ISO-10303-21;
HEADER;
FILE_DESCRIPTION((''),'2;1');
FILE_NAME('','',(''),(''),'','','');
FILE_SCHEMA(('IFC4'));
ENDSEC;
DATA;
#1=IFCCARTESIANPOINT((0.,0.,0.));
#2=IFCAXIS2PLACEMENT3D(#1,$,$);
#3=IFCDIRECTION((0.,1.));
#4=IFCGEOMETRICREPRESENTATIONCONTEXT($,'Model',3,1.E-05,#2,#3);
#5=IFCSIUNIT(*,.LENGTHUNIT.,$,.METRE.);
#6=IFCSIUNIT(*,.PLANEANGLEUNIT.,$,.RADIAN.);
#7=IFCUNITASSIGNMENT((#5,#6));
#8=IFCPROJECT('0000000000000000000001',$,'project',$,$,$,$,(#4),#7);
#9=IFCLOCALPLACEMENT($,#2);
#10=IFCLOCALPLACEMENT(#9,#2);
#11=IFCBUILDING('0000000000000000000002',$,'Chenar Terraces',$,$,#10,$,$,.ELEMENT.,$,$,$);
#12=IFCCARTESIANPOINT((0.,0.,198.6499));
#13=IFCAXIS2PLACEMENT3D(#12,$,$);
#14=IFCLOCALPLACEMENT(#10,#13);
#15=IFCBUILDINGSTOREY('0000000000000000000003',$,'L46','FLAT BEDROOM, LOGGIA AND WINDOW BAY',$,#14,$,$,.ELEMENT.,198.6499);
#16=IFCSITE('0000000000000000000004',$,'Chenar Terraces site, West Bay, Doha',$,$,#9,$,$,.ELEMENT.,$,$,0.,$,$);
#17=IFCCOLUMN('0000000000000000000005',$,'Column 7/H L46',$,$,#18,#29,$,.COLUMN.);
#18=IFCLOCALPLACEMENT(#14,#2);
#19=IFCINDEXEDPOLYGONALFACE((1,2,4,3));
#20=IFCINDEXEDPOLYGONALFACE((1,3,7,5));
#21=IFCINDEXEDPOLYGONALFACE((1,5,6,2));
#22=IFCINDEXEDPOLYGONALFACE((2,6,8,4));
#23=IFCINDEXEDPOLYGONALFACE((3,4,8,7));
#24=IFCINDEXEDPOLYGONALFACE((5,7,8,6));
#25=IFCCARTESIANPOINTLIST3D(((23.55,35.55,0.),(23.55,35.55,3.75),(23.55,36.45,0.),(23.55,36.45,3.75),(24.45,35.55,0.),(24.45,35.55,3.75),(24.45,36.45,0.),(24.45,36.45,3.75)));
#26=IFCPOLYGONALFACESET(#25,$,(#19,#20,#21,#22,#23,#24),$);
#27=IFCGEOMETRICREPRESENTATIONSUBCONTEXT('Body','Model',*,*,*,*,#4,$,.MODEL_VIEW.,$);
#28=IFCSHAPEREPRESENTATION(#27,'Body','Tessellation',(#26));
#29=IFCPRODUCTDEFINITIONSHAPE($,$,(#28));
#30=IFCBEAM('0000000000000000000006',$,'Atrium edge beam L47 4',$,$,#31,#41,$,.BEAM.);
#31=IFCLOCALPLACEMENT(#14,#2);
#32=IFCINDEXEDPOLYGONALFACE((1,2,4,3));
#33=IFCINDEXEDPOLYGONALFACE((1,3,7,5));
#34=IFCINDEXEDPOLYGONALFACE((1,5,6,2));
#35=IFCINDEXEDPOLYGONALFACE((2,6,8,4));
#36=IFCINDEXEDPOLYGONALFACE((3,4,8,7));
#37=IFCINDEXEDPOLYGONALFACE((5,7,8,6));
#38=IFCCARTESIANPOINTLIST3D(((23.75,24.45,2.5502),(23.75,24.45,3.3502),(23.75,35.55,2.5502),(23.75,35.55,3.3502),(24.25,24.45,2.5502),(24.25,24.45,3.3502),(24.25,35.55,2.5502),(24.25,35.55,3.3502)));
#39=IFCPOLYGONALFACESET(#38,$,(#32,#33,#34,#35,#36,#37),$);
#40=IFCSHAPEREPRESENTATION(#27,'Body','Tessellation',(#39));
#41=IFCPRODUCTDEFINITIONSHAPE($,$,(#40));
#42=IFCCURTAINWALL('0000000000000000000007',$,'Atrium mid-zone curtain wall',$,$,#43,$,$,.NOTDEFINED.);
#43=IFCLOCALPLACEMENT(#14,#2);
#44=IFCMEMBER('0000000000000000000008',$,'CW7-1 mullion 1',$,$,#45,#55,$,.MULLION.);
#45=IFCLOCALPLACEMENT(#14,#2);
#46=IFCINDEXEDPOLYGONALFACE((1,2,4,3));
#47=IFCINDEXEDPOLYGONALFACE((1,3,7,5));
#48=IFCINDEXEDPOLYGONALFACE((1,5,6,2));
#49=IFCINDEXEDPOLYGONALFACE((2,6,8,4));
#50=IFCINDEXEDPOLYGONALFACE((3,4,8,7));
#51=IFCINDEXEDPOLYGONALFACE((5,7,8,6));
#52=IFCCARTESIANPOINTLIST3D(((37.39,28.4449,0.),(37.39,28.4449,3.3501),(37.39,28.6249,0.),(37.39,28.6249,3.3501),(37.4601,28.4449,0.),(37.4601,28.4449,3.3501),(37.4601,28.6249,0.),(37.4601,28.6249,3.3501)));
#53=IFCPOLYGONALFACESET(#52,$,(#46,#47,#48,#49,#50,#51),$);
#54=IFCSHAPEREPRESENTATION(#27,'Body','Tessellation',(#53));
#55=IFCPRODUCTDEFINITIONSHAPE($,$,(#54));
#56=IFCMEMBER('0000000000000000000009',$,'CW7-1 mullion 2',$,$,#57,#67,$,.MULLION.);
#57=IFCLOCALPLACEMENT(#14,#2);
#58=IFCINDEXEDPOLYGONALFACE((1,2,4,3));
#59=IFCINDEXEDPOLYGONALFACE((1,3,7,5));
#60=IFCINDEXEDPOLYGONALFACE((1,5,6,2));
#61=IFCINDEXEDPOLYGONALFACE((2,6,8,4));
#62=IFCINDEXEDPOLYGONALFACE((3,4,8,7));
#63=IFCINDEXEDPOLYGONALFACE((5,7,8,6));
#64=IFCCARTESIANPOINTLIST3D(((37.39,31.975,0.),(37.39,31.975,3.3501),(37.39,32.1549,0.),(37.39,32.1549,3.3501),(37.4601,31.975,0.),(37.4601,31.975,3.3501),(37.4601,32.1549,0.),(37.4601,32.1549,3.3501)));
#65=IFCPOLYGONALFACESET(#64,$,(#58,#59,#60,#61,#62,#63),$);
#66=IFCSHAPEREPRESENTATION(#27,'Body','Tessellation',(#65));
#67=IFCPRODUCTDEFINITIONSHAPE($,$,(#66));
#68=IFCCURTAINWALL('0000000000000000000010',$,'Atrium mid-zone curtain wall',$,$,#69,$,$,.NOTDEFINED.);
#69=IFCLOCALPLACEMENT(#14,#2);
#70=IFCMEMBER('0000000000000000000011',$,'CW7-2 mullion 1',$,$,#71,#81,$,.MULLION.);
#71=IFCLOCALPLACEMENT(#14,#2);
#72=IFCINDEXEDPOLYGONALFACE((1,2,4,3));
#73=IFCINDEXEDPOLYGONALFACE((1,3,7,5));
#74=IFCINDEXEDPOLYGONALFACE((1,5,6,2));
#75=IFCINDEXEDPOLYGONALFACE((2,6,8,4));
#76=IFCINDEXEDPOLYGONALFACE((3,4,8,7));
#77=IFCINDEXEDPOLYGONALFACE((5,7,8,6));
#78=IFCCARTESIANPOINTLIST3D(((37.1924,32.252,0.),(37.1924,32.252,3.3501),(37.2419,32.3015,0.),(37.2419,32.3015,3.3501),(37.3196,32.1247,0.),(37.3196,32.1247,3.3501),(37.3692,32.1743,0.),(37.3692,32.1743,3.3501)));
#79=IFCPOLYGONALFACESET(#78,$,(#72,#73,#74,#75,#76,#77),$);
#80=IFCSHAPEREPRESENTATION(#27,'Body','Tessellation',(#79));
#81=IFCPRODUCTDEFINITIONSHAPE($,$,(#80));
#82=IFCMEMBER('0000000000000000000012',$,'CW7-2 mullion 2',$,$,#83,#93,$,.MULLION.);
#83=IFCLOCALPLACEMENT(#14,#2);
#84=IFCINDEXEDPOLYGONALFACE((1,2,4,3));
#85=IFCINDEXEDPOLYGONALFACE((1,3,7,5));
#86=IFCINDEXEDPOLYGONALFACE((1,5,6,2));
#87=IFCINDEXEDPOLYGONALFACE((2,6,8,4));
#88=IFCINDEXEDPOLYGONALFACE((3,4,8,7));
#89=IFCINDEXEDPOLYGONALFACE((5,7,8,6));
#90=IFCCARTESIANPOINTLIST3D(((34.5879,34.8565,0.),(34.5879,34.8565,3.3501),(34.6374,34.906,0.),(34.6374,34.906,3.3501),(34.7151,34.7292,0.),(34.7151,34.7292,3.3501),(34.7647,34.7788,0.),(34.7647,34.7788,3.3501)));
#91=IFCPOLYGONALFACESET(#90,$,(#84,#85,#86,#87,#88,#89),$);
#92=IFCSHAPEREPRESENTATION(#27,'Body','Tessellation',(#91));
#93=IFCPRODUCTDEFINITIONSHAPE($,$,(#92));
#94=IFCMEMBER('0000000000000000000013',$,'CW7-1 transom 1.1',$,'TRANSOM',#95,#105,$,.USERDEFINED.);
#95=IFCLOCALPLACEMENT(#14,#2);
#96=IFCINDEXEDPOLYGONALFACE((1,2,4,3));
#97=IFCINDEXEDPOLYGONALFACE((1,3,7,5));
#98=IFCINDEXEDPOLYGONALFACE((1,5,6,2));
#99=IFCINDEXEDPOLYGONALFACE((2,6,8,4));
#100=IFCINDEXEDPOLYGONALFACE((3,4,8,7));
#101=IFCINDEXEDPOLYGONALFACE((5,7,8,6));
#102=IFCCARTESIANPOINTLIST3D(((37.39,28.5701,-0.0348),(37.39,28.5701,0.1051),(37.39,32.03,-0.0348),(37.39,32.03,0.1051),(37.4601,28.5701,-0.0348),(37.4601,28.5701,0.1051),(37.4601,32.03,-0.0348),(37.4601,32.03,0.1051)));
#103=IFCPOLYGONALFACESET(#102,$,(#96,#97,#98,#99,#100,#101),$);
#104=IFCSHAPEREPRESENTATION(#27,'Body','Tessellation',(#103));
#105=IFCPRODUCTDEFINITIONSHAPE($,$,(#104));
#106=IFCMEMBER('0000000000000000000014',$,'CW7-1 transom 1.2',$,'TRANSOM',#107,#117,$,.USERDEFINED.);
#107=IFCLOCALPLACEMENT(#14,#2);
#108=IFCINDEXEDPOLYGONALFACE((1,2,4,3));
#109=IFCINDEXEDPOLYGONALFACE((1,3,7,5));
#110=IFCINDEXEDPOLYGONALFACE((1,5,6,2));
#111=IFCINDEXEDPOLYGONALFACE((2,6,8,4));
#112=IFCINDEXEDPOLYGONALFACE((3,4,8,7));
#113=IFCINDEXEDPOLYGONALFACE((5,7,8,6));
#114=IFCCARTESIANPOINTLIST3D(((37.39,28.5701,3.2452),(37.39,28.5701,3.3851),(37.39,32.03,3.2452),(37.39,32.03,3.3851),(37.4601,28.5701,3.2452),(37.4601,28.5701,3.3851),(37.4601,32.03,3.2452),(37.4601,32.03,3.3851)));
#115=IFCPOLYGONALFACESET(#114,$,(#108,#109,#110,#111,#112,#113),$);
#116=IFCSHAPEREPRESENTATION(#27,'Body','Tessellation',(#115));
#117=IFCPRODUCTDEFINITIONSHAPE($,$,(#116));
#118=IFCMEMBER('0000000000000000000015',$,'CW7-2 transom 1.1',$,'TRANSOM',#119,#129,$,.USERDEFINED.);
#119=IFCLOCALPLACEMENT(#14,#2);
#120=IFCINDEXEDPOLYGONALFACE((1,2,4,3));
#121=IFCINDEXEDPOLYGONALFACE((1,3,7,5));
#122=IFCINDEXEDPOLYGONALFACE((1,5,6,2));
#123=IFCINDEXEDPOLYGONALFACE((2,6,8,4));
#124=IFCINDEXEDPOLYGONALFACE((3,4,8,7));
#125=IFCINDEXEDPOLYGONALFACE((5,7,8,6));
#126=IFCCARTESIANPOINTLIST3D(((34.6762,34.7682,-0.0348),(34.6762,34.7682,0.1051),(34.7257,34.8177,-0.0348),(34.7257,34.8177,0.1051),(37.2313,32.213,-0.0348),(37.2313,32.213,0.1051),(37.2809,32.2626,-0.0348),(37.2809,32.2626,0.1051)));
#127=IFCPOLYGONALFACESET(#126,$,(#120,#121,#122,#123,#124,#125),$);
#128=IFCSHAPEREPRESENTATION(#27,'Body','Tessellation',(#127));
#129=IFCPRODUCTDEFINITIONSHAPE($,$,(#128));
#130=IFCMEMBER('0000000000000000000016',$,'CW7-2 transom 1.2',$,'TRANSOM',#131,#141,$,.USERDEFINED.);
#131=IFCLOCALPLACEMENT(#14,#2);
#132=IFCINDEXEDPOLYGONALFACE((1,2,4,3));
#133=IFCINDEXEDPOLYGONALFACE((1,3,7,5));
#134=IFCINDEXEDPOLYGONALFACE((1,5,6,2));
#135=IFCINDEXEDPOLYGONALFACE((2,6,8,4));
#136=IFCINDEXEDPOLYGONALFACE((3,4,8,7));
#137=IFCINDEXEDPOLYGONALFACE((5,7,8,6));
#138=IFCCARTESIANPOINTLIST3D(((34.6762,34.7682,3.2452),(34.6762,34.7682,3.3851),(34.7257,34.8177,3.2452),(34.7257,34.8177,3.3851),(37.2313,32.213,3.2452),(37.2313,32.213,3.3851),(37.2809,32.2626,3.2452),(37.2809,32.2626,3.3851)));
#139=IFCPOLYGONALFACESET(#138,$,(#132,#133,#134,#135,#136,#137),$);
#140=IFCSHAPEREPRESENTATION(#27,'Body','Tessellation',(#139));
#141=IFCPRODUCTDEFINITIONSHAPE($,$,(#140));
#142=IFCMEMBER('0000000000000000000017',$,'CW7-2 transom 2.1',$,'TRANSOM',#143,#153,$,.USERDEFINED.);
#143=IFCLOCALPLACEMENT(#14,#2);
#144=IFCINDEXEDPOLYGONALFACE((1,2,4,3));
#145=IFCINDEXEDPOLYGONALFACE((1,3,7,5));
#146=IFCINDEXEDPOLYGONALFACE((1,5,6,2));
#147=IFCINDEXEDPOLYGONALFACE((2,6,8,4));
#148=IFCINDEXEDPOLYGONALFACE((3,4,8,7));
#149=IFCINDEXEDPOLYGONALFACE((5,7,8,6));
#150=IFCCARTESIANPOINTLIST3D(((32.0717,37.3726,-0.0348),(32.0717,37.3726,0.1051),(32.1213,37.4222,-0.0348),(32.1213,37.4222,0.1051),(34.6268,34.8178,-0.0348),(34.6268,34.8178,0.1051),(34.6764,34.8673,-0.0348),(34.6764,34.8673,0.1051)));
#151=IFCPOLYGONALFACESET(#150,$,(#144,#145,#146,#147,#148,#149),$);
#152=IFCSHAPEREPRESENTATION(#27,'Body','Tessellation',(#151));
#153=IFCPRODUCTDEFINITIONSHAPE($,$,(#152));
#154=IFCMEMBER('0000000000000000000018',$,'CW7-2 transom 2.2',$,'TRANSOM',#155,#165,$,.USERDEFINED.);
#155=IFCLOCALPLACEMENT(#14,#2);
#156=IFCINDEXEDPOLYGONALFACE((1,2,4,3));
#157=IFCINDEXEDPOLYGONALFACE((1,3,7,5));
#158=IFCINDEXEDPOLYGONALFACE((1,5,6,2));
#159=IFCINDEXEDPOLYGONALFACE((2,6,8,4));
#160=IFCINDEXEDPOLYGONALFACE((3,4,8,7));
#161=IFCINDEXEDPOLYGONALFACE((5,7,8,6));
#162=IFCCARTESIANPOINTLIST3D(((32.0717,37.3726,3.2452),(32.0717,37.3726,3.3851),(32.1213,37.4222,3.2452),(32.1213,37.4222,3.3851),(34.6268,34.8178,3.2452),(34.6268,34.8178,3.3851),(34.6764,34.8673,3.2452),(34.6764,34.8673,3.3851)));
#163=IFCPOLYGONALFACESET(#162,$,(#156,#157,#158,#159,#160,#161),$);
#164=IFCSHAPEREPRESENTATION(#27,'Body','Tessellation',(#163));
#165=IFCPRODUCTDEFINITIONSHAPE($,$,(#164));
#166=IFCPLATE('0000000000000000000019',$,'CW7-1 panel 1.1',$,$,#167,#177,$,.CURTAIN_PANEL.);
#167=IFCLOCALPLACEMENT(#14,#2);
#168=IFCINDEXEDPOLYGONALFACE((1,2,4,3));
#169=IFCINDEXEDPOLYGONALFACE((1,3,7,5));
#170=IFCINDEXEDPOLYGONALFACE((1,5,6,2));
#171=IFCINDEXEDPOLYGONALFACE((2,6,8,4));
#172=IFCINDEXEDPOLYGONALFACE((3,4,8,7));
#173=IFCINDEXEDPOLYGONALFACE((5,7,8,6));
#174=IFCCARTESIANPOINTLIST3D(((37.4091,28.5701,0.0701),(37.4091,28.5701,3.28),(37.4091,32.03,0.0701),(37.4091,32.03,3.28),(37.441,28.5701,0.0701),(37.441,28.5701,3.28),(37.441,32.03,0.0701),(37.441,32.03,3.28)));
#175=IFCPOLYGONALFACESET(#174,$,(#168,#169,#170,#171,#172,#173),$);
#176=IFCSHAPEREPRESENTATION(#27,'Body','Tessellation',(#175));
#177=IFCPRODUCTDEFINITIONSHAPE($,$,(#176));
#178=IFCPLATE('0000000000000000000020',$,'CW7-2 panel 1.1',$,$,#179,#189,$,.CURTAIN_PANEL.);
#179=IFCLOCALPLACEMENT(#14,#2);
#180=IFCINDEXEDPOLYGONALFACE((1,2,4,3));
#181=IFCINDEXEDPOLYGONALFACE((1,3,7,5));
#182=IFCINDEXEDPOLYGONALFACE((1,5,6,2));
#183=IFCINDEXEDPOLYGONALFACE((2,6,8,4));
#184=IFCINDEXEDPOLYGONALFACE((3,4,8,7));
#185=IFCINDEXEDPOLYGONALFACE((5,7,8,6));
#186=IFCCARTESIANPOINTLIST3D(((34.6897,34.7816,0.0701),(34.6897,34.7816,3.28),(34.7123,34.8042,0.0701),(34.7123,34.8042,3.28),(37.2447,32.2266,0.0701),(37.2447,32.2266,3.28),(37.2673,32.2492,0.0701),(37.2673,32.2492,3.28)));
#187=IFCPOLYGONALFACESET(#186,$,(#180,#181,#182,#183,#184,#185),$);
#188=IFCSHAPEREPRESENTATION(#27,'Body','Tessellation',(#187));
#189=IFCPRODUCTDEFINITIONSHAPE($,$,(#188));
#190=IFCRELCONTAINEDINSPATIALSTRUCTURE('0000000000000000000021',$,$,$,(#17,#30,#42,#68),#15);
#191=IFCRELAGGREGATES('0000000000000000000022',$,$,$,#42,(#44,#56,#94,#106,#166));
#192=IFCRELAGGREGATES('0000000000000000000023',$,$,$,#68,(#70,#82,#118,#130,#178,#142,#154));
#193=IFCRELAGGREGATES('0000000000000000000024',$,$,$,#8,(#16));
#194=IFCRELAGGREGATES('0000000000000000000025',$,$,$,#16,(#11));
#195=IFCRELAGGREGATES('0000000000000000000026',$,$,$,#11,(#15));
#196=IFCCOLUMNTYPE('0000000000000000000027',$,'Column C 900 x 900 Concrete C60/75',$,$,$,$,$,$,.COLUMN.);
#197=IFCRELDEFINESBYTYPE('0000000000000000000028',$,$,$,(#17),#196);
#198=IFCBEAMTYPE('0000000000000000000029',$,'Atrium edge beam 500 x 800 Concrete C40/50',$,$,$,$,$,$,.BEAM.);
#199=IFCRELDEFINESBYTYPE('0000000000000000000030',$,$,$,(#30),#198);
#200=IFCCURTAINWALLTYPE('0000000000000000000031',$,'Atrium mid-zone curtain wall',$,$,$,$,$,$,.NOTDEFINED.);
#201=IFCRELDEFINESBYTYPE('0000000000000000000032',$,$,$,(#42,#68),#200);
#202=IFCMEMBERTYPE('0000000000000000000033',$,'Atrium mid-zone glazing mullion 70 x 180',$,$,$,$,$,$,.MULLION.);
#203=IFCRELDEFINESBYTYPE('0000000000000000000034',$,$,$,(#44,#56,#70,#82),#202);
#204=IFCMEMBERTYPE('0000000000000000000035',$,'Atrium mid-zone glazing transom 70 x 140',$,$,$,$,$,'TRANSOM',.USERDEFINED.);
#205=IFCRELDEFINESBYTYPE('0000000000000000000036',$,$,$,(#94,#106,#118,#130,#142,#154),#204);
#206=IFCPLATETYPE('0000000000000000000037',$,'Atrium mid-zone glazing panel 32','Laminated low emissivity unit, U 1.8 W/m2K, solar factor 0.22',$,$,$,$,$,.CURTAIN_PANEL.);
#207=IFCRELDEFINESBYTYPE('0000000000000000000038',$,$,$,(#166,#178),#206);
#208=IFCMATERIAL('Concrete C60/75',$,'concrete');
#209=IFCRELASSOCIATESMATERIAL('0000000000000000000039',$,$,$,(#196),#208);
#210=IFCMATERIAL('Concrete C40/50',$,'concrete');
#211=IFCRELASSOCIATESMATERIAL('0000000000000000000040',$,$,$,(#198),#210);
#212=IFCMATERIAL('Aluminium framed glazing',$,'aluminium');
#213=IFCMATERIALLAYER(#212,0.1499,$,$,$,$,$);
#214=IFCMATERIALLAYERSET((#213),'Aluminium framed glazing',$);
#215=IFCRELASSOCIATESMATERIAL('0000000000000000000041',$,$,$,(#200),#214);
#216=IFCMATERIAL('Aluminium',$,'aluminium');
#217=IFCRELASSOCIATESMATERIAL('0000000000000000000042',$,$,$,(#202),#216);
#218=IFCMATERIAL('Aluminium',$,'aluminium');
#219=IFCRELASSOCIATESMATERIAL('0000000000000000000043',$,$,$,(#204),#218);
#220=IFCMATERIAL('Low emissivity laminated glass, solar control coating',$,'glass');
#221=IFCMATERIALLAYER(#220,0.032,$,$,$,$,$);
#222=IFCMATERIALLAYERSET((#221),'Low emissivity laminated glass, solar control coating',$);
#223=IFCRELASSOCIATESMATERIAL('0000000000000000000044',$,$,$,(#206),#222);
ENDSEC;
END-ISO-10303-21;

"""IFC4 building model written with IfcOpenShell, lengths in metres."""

from ifc_helpers import new_model, si_unit, direction, frame, origin, origin_2d, place, context, subcontext, project, spatial, rectangle, extrude, material, layer, layer_set, material_profile, profile_set, type_object, element, aggregate, save


model = new_model("IFC4")

# Units and contexts
model_context = context("Model", 3, precision=1e-05, world=origin(), true_north=direction((0.0, 1.0)))
body_context = subcontext(model_context, "Body", "Model", "MODEL_VIEW")
ifc_project = project(units=[si_unit("LENGTHUNIT", "METRE"), si_unit("PLANEANGLEUNIT", "RADIAN")], contexts=[model_context])

# Site, building, storey
site_placement = place(None, origin())
site = spatial("IfcSite", under=ifc_project, at=site_placement, Name="Chenar Terraces site, West Bay, Doha", CompositionType="ELEMENT", RefElevation=0.0)
building_placement = place(site_placement, origin())
building = spatial("IfcBuilding", under=site, at=building_placement, Name="Chenar Terraces", CompositionType="ELEMENT")
storey_placement = place(building_placement, frame((0.0, 0.0, 198.6499)))
storey = spatial("IfcBuildingStorey", under=building, at=storey_placement, Name="L46", Description="FLAT BEDROOM, LOGGIA AND WINDOW BAY", CompositionType="ELEMENT", Elevation=198.6499)

# Column
ifc_material_1 = material(Name="Concrete C60/75", Category="concrete")
ifc_material_profile_1 = material_profile(ifc_material_1, rectangle(XDim=0.8999, YDim=0.8999, at=origin_2d()), Name="C 900 x 900")
ifc_profile_set_1 = profile_set([ifc_material_profile_1], Name="Concrete C60/75")
column_type = type_object("IfcColumnType", Name="Column C 900 x 900 Concrete C60/75", PredefinedType="COLUMN", material=ifc_profile_set_1)
column_placement = place(storey_placement, frame((24.0, 36.0, 0.0), z_axis=(0.0, 0.0, 1.0), x_axis=(1.0, 0.0, 0.0)))
element("IfcColumn", 1, at=column_placement, inside=storey, type_object=column_type, Name="Column 7/H L46", PredefinedType="COLUMN", context=body_context, shape_type="SweptSolid", body=[
    extrude(rectangle(XDim=0.8999, YDim=0.8999, at=origin_2d()), origin(), (0.0, 0.0, 1.0), 3.75),
])

# Beam
ifc_material_2 = material(Name="Concrete C40/50", Category="concrete")
ifc_material_profile_2 = material_profile(ifc_material_2, rectangle(XDim=0.5, YDim=0.8, at=origin_2d()), Name="RC 500 x 800")
ifc_profile_set_2 = profile_set([ifc_material_profile_2], Name="Concrete C40/50")
beam_type = type_object("IfcBeamType", Name="Atrium edge beam 500 x 800 Concrete C40/50", PredefinedType="BEAM", material=ifc_profile_set_2)
beam_placement = place(storey_placement, frame((24.0, 35.55, 2.9502), z_axis=(0.0, -1.0, 0.0), x_axis=(1.0, 0.0, 0.0)))
element("IfcBeam", 2, at=beam_placement, inside=storey, type_object=beam_type, Name="Atrium edge beam L47 4", PredefinedType="BEAM", context=body_context, shape_type="SweptSolid", body=[
    extrude(rectangle(XDim=0.5, YDim=0.8, at=origin_2d()), origin(), (0.0, 0.0, 1.0), 11.1001),
])

# Curtain walls, members
ifc_material_3 = material(Name="Aluminium framed glazing", Category="aluminium")
ifc_layer_1 = layer(ifc_material_3, 0.1499)
ifc_layer_set_1 = layer_set([ifc_layer_1], Name="Aluminium framed glazing")
curtain_wall_type = type_object("IfcCurtainWallType", Name="Atrium mid-zone curtain wall", PredefinedType="NOTDEFINED", material=ifc_layer_set_1)
placement = place(storey_placement, origin())
curtain_wall_1 = element("IfcCurtainWall", 3, at=placement, inside=storey, type_object=curtain_wall_type, Name="Atrium mid-zone curtain wall", PredefinedType="NOTDEFINED")
ifc_material_4 = material(Name="Aluminium", Category="aluminium")
ifc_material_profile_3 = material_profile(ifc_material_4, rectangle(XDim=0.0701, YDim=0.1799, at=origin_2d()), Name="Atrium mid-zone glazing mullion 70 x 180")
ifc_profile_set_3 = profile_set([ifc_material_profile_3], Name="Aluminium")
member_type_1 = type_object("IfcMemberType", Name="Atrium mid-zone glazing mullion 70 x 180", PredefinedType="MULLION", material=ifc_profile_set_3)
member_1_placement = place(storey_placement, frame((37.425, 28.5349, 0.0), z_axis=(0.0, 0.0, 1.0), x_axis=(-1.0, 0.0, 0.0)))
member_1 = element("IfcMember", 4, at=member_1_placement, type_object=member_type_1, Name="CW7-1 mullion 1", PredefinedType="MULLION", context=body_context, shape_type="SweptSolid", body=[
    extrude(rectangle(XDim=0.0701, YDim=0.1799, at=origin_2d()), origin(), (0.0, 0.0, 1.0), 3.3501),
])
member_2_placement = place(storey_placement, frame((37.425, 32.0649, 0.0), z_axis=(0.0, 0.0, 1.0), x_axis=(-1.0, 0.0, 0.0)))
member_2 = element("IfcMember", 5, at=member_2_placement, type_object=member_type_1, Name="CW7-1 mullion 2", PredefinedType="MULLION", context=body_context, shape_type="SweptSolid", body=[
    extrude(rectangle(XDim=0.0701, YDim=0.1799, at=origin_2d()), origin(), (0.0, 0.0, 1.0), 3.3501),
])
curtain_wall_2 = element("IfcCurtainWall", 6, at=placement, inside=storey, type_object=curtain_wall_type, Name="Atrium mid-zone curtain wall", PredefinedType="NOTDEFINED")
member_3_placement = place(storey_placement, frame((37.2808, 32.2131, 0.0), z_axis=(0.0, 0.0, 1.0), x_axis=(-0.707107, -0.707107, 0.0)))
member_3 = element("IfcMember", 7, at=member_3_placement, type_object=member_type_1, Name="CW7-2 mullion 1", PredefinedType="MULLION", context=body_context, shape_type="SweptSolid", body=[
    extrude(rectangle(XDim=0.0701, YDim=0.1799, at=origin_2d()), origin(), (0.0, 0.0, 1.0), 3.3501),
])
member_4_placement = place(storey_placement, frame((34.6763, 34.8176, 0.0), z_axis=(0.0, 0.0, 1.0), x_axis=(-0.707107, -0.707107, 0.0)))
member_4 = element("IfcMember", 8, at=member_4_placement, type_object=member_type_1, Name="CW7-2 mullion 2", PredefinedType="MULLION", context=body_context, shape_type="SweptSolid", body=[
    extrude(rectangle(XDim=0.0701, YDim=0.1799, at=origin_2d()), origin(), (0.0, 0.0, 1.0), 3.3501),
])

# Members
ifc_material_5 = material(Name="Aluminium", Category="aluminium")
ifc_material_profile_4 = material_profile(ifc_material_5, rectangle(XDim=0.0701, YDim=0.1399, at=origin_2d()), Name="Atrium mid-zone glazing transom 70 x 140")
ifc_profile_set_4 = profile_set([ifc_material_profile_4], Name="Aluminium")
member_type_2 = type_object("IfcMemberType", Name="Atrium mid-zone glazing transom 70 x 140", ElementType="TRANSOM", PredefinedType="USERDEFINED", material=ifc_profile_set_4)
member_5_placement = place(storey_placement, frame((37.425, 28.5701, 0.0352), z_axis=(0.0, 1.0, 0.0), x_axis=(-1.0, 0.0, 0.0)))
member_5 = element("IfcMember", 9, at=member_5_placement, type_object=member_type_2, Name="CW7-1 transom 1.1", ObjectType="TRANSOM", PredefinedType="USERDEFINED", context=body_context, shape_type="SweptSolid", body=[
    extrude(rectangle(XDim=0.0701, YDim=0.1399, at=origin_2d()), origin(), (0.0, 0.0, 1.0), 3.46),
])
member_6_placement = place(storey_placement, frame((37.425, 28.5701, 3.3152), z_axis=(0.0, 1.0, 0.0), x_axis=(-1.0, 0.0, 0.0)))
member_6 = element("IfcMember", 10, at=member_6_placement, type_object=member_type_2, Name="CW7-1 transom 1.2", ObjectType="TRANSOM", PredefinedType="USERDEFINED", context=body_context, shape_type="SweptSolid", body=[
    extrude(rectangle(XDim=0.0701, YDim=0.1399, at=origin_2d()), origin(), (0.0, 0.0, 1.0), 3.46),
])
member_7_placement = place(storey_placement, frame((37.2561, 32.2378, 0.0352), z_axis=(-0.707107, 0.707107, 0.0), x_axis=(-0.707107, -0.707107, 0.0)))
member_7 = element("IfcMember", 11, at=member_7_placement, type_object=member_type_2, Name="CW7-2 transom 1.1", ObjectType="TRANSOM", PredefinedType="USERDEFINED", context=body_context, shape_type="SweptSolid", body=[
    extrude(rectangle(XDim=0.0701, YDim=0.1399, at=origin_2d()), origin(), (0.0, 0.0, 1.0), 3.6135),
])
member_8_placement = place(storey_placement, frame((37.2561, 32.2378, 3.3152), z_axis=(-0.707107, 0.707107, 0.0), x_axis=(-0.707107, -0.707107, 0.0)))
member_8 = element("IfcMember", 12, at=member_8_placement, type_object=member_type_2, Name="CW7-2 transom 1.2", ObjectType="TRANSOM", PredefinedType="USERDEFINED", context=body_context, shape_type="SweptSolid", body=[
    extrude(rectangle(XDim=0.0701, YDim=0.1399, at=origin_2d()), origin(), (0.0, 0.0, 1.0), 3.6135),
])
member_9_placement = place(storey_placement, frame((34.6516, 34.8425, 0.0352), z_axis=(-0.707141, 0.707073, 0.0), x_axis=(-0.707073, -0.707141, 0.0)))
member_9 = element("IfcMember", 13, at=member_9_placement, type_object=member_type_2, Name="CW7-2 transom 2.1", ObjectType="TRANSOM", PredefinedType="USERDEFINED", context=body_context, shape_type="SweptSolid", body=[
    extrude(rectangle(XDim=0.0701, YDim=0.1399, at=origin_2d()), origin(), (0.0, 0.0, 1.0), 3.6133),
])
member_10_placement = place(storey_placement, frame((34.6516, 34.8425, 3.3152), z_axis=(-0.707141, 0.707073, 0.0), x_axis=(-0.707073, -0.707141, 0.0)))
member_10 = element("IfcMember", 14, at=member_10_placement, type_object=member_type_2, Name="CW7-2 transom 2.2", ObjectType="TRANSOM", PredefinedType="USERDEFINED", context=body_context, shape_type="SweptSolid", body=[
    extrude(rectangle(XDim=0.0701, YDim=0.1399, at=origin_2d()), origin(), (0.0, 0.0, 1.0), 3.6133),
])

# Plates
ifc_material_6 = material(Name="Low emissivity laminated glass, solar control coating", Category="glass")
ifc_layer_2 = layer(ifc_material_6, 0.032)
ifc_layer_set_2 = layer_set([ifc_layer_2], Name="Low emissivity laminated glass, solar control coating")
plate_type = type_object("IfcPlateType", Name="Atrium mid-zone glazing panel 32", Description="Laminated low emissivity unit, U 1.8 W/m2K, solar factor 0.22", PredefinedType="CURTAIN_PANEL", material=ifc_layer_set_2)
plate_1_placement = place(storey_placement, frame((37.425, 30.3, 0.0701), z_axis=(0.0, 0.0, 1.0), x_axis=(0.0, 1.0, 0.0)))
plate_1 = element("IfcPlate", 15, at=plate_1_placement, type_object=plate_type, Name="CW7-1 panel 1.1", PredefinedType="CURTAIN_PANEL", context=body_context, shape_type="SweptSolid", body=[
    extrude(rectangle(XDim=3.46, YDim=0.032, at=origin_2d()), origin(), (0.0, 0.0, 1.0), 3.21),
])
aggregate(curtain_wall_1, [member_1, member_2, member_5, member_6, plate_1])
plate_2_placement = place(storey_placement, frame((35.9785, 33.5154, 0.0701), z_axis=(0.0, 0.0, 1.0), x_axis=(-0.707107, 0.707107, 0.0)))
plate_2 = element("IfcPlate", 16, at=plate_2_placement, type_object=plate_type, Name="CW7-2 panel 1.1", PredefinedType="CURTAIN_PANEL", context=body_context, shape_type="SweptSolid", body=[
    extrude(rectangle(XDim=3.6133, YDim=0.032, at=origin_2d()), origin(), (0.0, 0.0, 1.0), 3.21),
])
aggregate(curtain_wall_2, [member_3, member_4, member_7, member_8, plate_2, member_9, member_10])

save(model, "model.ifc")
